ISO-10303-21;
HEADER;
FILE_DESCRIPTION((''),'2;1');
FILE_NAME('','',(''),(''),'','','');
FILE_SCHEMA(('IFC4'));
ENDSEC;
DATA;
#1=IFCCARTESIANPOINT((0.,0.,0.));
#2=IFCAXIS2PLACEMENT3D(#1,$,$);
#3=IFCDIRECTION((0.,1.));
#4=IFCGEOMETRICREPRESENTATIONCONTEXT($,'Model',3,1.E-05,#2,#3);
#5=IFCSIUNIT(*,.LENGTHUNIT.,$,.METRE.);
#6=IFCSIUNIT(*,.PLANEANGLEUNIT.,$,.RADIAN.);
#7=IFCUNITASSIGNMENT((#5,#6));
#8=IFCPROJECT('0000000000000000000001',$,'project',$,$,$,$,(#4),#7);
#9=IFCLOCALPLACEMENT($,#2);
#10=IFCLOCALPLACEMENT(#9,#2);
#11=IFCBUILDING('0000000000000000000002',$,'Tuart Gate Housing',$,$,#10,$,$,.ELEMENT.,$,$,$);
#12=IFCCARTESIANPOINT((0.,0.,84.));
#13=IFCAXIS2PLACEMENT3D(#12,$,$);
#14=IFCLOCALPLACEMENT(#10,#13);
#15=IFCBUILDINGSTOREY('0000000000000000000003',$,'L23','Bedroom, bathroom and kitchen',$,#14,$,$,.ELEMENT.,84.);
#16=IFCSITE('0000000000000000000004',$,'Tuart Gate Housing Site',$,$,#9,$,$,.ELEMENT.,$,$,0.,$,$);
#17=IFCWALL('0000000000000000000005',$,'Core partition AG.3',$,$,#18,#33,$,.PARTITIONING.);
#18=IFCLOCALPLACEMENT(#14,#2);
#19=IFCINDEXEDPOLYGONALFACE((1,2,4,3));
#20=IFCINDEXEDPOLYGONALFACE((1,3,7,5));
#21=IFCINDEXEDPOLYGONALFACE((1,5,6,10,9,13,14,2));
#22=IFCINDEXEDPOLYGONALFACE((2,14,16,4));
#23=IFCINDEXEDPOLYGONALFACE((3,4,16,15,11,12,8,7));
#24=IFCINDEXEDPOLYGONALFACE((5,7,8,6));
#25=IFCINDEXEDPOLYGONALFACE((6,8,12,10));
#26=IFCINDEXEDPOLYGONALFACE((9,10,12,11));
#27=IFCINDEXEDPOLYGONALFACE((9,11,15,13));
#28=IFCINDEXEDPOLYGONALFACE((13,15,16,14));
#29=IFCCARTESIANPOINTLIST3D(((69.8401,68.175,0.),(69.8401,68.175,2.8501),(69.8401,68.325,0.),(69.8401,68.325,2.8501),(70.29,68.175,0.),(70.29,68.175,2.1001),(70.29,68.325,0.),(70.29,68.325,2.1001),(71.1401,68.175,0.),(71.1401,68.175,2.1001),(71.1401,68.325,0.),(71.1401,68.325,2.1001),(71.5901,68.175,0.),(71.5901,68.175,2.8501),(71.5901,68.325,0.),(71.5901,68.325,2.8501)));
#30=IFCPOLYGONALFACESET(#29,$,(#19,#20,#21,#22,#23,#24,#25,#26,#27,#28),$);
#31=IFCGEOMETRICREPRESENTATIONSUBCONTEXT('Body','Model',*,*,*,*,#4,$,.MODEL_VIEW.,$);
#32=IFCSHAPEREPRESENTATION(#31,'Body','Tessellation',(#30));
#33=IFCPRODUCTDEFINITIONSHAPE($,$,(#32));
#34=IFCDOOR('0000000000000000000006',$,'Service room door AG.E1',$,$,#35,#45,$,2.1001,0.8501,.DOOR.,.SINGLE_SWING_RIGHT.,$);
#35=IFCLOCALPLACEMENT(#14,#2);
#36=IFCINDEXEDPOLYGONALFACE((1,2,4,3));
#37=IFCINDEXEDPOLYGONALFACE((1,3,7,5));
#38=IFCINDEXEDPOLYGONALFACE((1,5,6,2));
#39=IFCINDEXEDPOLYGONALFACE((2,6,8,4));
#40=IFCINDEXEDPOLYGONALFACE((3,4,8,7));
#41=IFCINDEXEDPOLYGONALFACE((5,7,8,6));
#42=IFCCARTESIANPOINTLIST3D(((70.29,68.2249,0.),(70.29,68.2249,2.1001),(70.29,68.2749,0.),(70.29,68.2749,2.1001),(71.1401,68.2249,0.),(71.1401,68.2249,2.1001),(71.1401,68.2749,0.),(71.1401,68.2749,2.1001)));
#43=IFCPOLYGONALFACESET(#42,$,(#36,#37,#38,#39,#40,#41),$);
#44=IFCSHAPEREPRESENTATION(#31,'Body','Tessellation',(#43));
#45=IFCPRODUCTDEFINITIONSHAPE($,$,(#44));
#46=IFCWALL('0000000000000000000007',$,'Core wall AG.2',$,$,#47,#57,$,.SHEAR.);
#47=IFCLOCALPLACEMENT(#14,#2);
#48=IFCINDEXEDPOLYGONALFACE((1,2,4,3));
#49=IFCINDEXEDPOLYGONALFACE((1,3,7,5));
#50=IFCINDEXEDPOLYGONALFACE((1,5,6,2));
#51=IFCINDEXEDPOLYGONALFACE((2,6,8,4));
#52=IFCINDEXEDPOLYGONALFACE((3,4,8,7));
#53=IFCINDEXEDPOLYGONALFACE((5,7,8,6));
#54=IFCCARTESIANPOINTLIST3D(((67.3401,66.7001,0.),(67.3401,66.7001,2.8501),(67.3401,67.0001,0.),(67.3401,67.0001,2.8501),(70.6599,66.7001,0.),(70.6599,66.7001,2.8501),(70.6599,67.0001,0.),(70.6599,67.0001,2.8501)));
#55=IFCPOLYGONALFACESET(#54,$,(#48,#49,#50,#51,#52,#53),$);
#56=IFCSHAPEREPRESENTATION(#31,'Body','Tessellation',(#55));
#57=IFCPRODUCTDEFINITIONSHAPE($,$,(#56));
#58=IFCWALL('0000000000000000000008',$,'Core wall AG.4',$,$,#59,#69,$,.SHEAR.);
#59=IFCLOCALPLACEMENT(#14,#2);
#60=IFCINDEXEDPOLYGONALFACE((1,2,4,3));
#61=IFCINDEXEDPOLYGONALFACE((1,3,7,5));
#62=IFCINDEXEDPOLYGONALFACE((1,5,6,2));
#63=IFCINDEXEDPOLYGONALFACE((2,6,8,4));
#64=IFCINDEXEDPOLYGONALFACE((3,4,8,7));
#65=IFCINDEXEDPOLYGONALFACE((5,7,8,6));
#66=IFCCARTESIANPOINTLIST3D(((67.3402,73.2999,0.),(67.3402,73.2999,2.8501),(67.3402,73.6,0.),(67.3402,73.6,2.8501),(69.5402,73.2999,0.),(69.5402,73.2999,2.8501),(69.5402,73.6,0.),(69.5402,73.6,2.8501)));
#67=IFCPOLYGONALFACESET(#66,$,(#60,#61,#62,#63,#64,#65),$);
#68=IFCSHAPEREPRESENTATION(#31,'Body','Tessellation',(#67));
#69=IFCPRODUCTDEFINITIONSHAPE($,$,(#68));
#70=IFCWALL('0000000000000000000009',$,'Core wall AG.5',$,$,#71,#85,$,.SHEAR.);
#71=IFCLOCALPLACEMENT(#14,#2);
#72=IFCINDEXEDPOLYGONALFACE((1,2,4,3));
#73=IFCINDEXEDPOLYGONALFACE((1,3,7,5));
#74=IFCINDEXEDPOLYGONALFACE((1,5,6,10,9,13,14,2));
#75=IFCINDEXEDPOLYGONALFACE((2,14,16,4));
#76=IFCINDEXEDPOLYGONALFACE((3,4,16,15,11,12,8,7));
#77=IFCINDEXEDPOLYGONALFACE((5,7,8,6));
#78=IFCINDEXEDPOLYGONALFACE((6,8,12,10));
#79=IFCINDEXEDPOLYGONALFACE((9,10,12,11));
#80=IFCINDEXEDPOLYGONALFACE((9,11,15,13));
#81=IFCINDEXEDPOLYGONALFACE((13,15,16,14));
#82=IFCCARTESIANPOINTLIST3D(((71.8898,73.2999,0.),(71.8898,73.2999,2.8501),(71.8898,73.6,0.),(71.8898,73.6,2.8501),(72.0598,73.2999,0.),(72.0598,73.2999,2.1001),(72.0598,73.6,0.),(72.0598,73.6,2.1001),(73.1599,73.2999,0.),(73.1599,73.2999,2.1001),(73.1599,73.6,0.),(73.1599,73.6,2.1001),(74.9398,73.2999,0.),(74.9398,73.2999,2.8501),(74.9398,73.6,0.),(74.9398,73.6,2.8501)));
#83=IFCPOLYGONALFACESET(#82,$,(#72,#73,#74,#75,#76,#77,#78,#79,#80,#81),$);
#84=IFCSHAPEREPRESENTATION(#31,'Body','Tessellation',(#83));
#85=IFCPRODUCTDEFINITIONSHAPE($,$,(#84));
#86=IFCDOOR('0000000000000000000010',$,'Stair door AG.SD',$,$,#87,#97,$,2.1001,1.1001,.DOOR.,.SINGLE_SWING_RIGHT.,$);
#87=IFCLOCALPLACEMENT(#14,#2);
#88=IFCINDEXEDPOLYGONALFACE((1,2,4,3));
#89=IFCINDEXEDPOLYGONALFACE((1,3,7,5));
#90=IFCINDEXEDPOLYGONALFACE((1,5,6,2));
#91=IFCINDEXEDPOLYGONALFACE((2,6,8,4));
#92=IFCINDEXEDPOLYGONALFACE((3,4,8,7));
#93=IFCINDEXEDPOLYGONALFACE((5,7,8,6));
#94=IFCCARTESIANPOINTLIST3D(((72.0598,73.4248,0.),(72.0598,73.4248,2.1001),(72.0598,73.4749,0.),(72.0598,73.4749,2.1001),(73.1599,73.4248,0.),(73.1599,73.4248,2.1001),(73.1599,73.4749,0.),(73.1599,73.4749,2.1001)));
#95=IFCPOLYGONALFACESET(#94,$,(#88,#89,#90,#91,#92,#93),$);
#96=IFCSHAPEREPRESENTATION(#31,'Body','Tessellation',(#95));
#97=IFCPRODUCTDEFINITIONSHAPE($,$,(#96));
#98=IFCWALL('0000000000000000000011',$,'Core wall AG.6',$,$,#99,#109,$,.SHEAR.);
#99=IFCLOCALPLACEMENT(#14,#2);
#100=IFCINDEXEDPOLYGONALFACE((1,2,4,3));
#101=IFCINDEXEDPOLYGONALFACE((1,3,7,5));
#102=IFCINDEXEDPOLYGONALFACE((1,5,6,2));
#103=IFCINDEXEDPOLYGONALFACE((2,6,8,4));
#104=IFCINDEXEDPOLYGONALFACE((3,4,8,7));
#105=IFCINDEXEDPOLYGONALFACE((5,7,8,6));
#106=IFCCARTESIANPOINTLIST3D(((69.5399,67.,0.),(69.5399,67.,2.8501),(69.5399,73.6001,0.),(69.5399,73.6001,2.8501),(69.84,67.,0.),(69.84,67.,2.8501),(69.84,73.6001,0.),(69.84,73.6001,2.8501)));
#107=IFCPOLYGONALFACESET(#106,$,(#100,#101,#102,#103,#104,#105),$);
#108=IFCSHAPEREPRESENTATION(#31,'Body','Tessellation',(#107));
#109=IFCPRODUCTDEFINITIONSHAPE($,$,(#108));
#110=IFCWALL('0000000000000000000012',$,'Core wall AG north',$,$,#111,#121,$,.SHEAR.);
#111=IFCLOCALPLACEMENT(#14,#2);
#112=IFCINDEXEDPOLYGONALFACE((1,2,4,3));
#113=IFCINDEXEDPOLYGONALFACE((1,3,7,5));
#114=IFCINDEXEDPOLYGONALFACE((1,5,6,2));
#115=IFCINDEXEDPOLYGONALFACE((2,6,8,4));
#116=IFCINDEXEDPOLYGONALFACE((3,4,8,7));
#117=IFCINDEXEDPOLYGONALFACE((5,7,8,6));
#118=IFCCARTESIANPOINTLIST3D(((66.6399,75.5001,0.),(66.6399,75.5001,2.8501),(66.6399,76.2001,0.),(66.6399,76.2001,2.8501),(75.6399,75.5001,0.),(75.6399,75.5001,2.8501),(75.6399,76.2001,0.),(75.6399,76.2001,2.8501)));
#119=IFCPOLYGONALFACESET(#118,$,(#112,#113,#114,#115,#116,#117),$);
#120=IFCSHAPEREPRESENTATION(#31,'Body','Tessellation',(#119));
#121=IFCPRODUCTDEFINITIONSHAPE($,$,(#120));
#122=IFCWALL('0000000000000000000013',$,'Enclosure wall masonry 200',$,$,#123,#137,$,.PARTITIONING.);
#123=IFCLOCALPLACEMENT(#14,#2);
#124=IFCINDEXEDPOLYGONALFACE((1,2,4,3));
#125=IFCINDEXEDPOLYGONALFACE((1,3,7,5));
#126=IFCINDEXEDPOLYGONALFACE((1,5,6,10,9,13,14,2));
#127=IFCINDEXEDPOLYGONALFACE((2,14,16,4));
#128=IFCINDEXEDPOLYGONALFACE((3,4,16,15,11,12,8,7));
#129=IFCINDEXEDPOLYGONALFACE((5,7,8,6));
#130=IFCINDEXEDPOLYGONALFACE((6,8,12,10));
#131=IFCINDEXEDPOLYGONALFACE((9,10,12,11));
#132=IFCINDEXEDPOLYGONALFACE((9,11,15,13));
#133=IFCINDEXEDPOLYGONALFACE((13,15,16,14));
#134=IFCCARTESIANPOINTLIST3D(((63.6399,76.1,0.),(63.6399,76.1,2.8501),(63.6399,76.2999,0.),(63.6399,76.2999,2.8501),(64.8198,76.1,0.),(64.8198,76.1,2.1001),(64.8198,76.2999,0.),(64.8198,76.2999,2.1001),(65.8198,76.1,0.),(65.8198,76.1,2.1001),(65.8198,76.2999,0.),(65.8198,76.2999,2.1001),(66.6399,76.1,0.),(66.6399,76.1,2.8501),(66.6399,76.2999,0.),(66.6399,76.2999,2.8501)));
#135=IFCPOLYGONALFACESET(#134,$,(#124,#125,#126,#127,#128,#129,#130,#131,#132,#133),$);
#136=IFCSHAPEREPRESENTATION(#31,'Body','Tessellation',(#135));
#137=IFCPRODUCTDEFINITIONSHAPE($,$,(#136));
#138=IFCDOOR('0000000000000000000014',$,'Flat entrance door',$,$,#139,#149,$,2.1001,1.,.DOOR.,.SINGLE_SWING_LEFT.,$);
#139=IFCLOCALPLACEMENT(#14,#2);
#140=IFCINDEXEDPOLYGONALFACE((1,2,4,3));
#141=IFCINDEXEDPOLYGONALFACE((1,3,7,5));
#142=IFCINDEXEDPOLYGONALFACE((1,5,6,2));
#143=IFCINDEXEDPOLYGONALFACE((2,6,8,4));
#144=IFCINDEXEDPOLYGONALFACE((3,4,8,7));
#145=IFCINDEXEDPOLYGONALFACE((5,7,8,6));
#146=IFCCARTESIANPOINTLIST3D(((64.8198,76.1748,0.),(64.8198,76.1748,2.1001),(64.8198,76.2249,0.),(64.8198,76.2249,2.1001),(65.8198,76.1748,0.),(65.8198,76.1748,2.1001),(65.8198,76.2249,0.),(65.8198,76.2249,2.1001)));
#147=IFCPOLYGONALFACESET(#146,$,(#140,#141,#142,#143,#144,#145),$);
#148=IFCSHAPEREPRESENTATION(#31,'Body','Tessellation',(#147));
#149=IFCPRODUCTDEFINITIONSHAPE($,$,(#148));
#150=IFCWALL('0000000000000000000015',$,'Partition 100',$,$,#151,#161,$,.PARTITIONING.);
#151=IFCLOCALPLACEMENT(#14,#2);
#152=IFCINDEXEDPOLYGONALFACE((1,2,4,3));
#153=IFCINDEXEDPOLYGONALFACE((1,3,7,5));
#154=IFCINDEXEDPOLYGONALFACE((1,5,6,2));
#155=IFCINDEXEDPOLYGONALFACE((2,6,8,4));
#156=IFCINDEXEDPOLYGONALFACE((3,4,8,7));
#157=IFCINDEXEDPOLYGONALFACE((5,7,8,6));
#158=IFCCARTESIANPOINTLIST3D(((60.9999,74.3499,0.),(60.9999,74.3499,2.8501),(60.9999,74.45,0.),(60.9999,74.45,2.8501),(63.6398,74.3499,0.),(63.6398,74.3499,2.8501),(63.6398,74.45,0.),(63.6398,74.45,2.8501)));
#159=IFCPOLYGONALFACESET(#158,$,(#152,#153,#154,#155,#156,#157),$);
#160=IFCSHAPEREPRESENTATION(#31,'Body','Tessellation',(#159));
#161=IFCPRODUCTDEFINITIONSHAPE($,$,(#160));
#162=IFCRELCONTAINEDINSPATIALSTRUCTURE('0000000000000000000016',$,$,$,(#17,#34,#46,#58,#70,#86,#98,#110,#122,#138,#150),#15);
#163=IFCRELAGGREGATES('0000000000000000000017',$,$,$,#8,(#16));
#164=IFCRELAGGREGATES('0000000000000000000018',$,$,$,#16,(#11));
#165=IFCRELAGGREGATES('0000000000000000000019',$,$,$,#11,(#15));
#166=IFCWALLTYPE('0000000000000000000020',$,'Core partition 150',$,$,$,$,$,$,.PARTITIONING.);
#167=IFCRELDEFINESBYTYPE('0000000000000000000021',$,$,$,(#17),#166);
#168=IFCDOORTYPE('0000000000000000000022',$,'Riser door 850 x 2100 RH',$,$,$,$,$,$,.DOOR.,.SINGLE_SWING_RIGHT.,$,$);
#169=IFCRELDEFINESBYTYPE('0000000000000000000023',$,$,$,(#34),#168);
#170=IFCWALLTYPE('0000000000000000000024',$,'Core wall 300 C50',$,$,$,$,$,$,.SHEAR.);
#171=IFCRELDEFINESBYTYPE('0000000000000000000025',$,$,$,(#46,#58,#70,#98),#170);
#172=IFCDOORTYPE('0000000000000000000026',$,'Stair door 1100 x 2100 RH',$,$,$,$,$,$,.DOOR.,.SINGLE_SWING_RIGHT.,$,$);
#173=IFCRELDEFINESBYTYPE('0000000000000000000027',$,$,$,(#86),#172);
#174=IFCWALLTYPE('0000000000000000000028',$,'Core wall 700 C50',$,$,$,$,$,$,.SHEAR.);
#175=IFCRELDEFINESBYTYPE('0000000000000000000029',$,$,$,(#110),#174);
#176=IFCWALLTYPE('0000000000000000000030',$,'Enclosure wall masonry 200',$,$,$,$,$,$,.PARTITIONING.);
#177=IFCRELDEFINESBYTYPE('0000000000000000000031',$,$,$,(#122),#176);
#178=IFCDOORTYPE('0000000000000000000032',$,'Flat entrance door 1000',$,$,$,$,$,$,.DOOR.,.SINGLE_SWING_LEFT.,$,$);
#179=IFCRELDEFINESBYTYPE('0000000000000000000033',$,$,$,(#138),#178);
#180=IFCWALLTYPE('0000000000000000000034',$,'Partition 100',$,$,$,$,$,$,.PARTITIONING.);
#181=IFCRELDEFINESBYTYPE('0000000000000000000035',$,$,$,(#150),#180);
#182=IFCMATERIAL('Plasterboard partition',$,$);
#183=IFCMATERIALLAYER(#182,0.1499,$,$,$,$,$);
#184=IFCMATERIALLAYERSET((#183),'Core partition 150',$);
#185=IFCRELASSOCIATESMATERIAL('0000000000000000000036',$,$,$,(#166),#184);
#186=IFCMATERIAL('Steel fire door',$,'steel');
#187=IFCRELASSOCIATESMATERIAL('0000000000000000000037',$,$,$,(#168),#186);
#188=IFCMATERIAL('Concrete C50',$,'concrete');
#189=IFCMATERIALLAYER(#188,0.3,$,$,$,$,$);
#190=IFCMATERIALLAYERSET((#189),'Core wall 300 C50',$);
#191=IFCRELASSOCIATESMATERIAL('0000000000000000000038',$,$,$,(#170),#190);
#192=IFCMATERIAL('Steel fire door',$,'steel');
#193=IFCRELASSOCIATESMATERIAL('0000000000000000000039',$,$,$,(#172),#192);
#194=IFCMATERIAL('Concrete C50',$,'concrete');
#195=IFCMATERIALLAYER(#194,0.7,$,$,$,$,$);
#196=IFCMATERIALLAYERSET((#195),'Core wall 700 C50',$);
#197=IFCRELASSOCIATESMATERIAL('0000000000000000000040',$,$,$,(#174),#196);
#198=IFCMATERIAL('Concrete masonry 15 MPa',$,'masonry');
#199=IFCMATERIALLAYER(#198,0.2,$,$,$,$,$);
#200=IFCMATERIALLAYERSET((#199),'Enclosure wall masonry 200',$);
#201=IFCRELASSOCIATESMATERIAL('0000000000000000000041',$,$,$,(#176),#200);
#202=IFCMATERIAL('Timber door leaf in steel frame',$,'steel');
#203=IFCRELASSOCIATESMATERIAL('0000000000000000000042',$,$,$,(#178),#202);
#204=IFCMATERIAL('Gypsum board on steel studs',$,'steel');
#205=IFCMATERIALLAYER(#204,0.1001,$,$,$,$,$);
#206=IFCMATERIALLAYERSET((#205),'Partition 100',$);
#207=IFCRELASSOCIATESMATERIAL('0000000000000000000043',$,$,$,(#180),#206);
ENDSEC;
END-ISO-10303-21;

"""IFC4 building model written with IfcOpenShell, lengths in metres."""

from ifc_helpers import new_model, si_unit, direction, frame, frame_2d, origin, place, context, subcontext, project, spatial, rectangle, extrude, material, layer, layer_set, type_object, element, fill, save


model = new_model("IFC4")

# Units and contexts
model_context = context("Model", 3, precision=1e-05, world=origin(), true_north=direction((0.0, 1.0)))
body_context = subcontext(model_context, "Body", "Model", "MODEL_VIEW")
ifc_project = project(units=[si_unit("LENGTHUNIT", "METRE"), si_unit("PLANEANGLEUNIT", "RADIAN")], contexts=[model_context])

# Site, building, storey
site_placement = place(None, origin())
site = spatial("IfcSite", under=ifc_project, at=site_placement, Name="Tuart Gate Housing Site", CompositionType="ELEMENT", RefElevation=0.0)
building_placement = place(site_placement, origin())
building = spatial("IfcBuilding", under=site, at=building_placement, Name="Tuart Gate Housing", CompositionType="ELEMENT")
storey_placement = place(building_placement, frame((0.0, 0.0, 84.0)))
storey = spatial("IfcBuildingStorey", under=building, at=storey_placement, Name="L23", Description="Bedroom, bathroom and kitchen", CompositionType="ELEMENT", Elevation=84.0)

# Wall, opening, door
ifc_material_1 = material(Name="Plasterboard partition")
ifc_layer_1 = layer(ifc_material_1, 0.1499)
ifc_layer_set_1 = layer_set([ifc_layer_1], Name="Core partition 150")
wall_type_1 = type_object("IfcWallType", Name="Core partition 150", PredefinedType="PARTITIONING", material=ifc_layer_set_1)
wall_1_placement = place(storey_placement, frame((69.8401, 68.25, 0.0), z_axis=(0.0, 0.0, 1.0), x_axis=(1.0, 0.0, 0.0)))
wall_1 = element("IfcWall", 1, at=wall_1_placement, inside=storey, type_object=wall_type_1, Name="Core partition AG.3", PredefinedType="PARTITIONING", context=body_context, shape_type="SweptSolid", body=[
    extrude(rectangle(XDim=1.75, YDim=0.1499, at=frame_2d((0.875, 0.0))), origin(), (0.0, 0.0, 1.0), 2.8501),
])
opening_1_placement = place(wall_1_placement, frame((0.45, 0.0, 0.0)))
opening_1 = element("IfcOpeningElement", 2, at=opening_1_placement, cuts=wall_1, PredefinedType="OPENING", context=body_context, shape_type="SweptSolid", body=[
    extrude(rectangle(XDim=0.8501, YDim=2.1001, at=frame_2d((0.425, 1.05))), frame((0.0, 0.085, 0.0), z_axis=(0.0, -1.0, 0.0), x_axis=(1.0, 0.0, 0.0)), (0.0, 0.0, 1.0), 0.1699),
])
ifc_material_2 = material(Name="Steel fire door", Category="steel")
door_type_1 = type_object("IfcDoorType", Name="Riser door 850 x 2100 RH", OperationType="SINGLE_SWING_RIGHT", PredefinedType="DOOR", material=ifc_material_2)
door_1_placement = place(opening_1_placement, frame((0.8501, 0.0, 0.0), z_axis=(0.0, 0.0, 1.0), x_axis=(-1.0, 0.0, 0.0)))
door_1 = element("IfcDoor", 3, at=door_1_placement, inside=storey, type_object=door_type_1, Name="Service room door AG.E1", OperationType="SINGLE_SWING_RIGHT", OverallHeight=2.1001, OverallWidth=0.8501, PredefinedType="DOOR", context=body_context, shape_type="SweptSolid", body=[
    extrude(rectangle(XDim=0.8501, YDim=2.1001, at=frame_2d((0.425, 1.05))), frame((0.0, 0.0251, 0.0), z_axis=(0.0, -1.0, 0.0), x_axis=(1.0, 0.0, 0.0)), (0.0, 0.0, 1.0), 0.05),
])
fill(opening_1, door_1)

# Walls
ifc_material_3 = material(Name="Concrete C50", Category="concrete")
ifc_layer_2 = layer(ifc_material_3, 0.3)
ifc_layer_set_2 = layer_set([ifc_layer_2], Name="Core wall 300 C50")
wall_type_2 = type_object("IfcWallType", Name="Core wall 300 C50", PredefinedType="SHEAR", material=ifc_layer_set_2)
wall_2_placement = place(storey_placement, frame((67.3401, 66.8501, 0.0), z_axis=(0.0, 0.0, 1.0), x_axis=(1.0, 0.0, 0.0)))
element("IfcWall", 4, at=wall_2_placement, inside=storey, type_object=wall_type_2, Name="Core wall AG.2", PredefinedType="SHEAR", context=body_context, shape_type="SweptSolid", body=[
    extrude(rectangle(XDim=3.3198, YDim=0.3, at=frame_2d((1.6599, 0.0))), origin(), (0.0, 0.0, 1.0), 2.8501),
])
wall_3_placement = place(storey_placement, frame((67.3401, 73.45, 0.0), z_axis=(0.0, 0.0, 1.0), x_axis=(1.0, 0.0, 0.0)))
element("IfcWall", 5, at=wall_3_placement, inside=storey, type_object=wall_type_2, Name="Core wall AG.4", PredefinedType="SHEAR", context=body_context, shape_type="SweptSolid", body=[
    extrude(rectangle(XDim=2.2, YDim=0.3, at=frame_2d((1.1001, 0.0))), origin(), (0.0, 0.0, 1.0), 2.8501),
])

# Wall, opening, door
wall_4_placement = place(storey_placement, frame((71.8899, 73.45, 0.0), z_axis=(0.0, 0.0, 1.0), x_axis=(1.0, 0.0, 0.0)))
wall_4 = element("IfcWall", 6, at=wall_4_placement, inside=storey, type_object=wall_type_2, Name="Core wall AG.5", PredefinedType="SHEAR", context=body_context, shape_type="SweptSolid", body=[
    extrude(rectangle(XDim=3.05, YDim=0.3, at=frame_2d((1.5249, 0.0))), origin(), (0.0, 0.0, 1.0), 2.8501),
])
opening_2_placement = place(wall_4_placement, frame((0.1699, 0.0, 0.0)))
opening_2 = element("IfcOpeningElement", 7, at=opening_2_placement, cuts=wall_4, PredefinedType="OPENING", context=body_context, shape_type="SweptSolid", body=[
    extrude(rectangle(XDim=1.1001, YDim=2.1001, at=frame_2d((0.55, 1.05))), frame((0.0, 0.1599, 0.0), z_axis=(0.0, -1.0, 0.0), x_axis=(1.0, 0.0, 0.0)), (0.0, 0.0, 1.0), 0.3201),
])
ifc_material_4 = material(Name="Steel fire door", Category="steel")
door_type_2 = type_object("IfcDoorType", Name="Stair door 1100 x 2100 RH", OperationType="SINGLE_SWING_RIGHT", PredefinedType="DOOR", material=ifc_material_4)
door_2_placement = place(opening_2_placement, frame((1.1001, 0.0, 0.0), z_axis=(0.0, 0.0, 1.0), x_axis=(-1.0, 0.0, 0.0)))
door_2 = element("IfcDoor", 8, at=door_2_placement, inside=storey, type_object=door_type_2, Name="Stair door AG.SD", OperationType="SINGLE_SWING_RIGHT", OverallHeight=2.1001, OverallWidth=1.1001, PredefinedType="DOOR", context=body_context, shape_type="SweptSolid", body=[
    extrude(rectangle(XDim=1.1001, YDim=2.1001, at=frame_2d((0.55, 1.05))), frame((0.0, 0.0251, 0.0), z_axis=(0.0, -1.0, 0.0), x_axis=(1.0, 0.0, 0.0)), (0.0, 0.0, 1.0), 0.05),
])
fill(opening_2, door_2)

# Walls
wall_5_placement = place(storey_placement, frame((69.6899, 67.0, 0.0), z_axis=(0.0, 0.0, 1.0), x_axis=(0.0, 1.0, 0.0)))
element("IfcWall", 9, at=wall_5_placement, inside=storey, type_object=wall_type_2, Name="Core wall AG.6", PredefinedType="SHEAR", context=body_context, shape_type="SweptSolid", body=[
    extrude(rectangle(XDim=6.6001, YDim=0.3, at=frame_2d((3.3, 0.0))), origin(), (0.0, 0.0, 1.0), 2.8501),
])
ifc_material_5 = material(Name="Concrete C50", Category="concrete")
ifc_layer_3 = layer(ifc_material_5, 0.7)
ifc_layer_set_3 = layer_set([ifc_layer_3], Name="Core wall 700 C50")
wall_type_3 = type_object("IfcWallType", Name="Core wall 700 C50", PredefinedType="SHEAR", material=ifc_layer_set_3)
wall_6_placement = place(storey_placement, frame((66.6399, 75.8501, 0.0), z_axis=(0.0, 0.0, 1.0), x_axis=(1.0, 0.0, 0.0)))
element("IfcWall", 10, at=wall_6_placement, inside=storey, type_object=wall_type_3, Name="Core wall AG north", PredefinedType="SHEAR", context=body_context, shape_type="SweptSolid", body=[
    extrude(rectangle(XDim=9.0, YDim=0.7, at=frame_2d((4.5, 0.0))), origin(), (0.0, 0.0, 1.0), 2.8501),
])

# Wall, opening, door
ifc_material_6 = material(Name="Concrete masonry 15 MPa", Category="masonry")
ifc_layer_4 = layer(ifc_material_6, 0.2)
ifc_layer_set_4 = layer_set([ifc_layer_4], Name="Enclosure wall masonry 200")
wall_type_4 = type_object("IfcWallType", Name="Enclosure wall masonry 200", PredefinedType="PARTITIONING", material=ifc_layer_set_4)
wall_7_placement = place(storey_placement, frame((63.6399, 76.2, 0.0), z_axis=(0.0, 0.0, 1.0), x_axis=(1.0, 0.0, 0.0)))
wall_7 = element("IfcWall", 11, at=wall_7_placement, inside=storey, type_object=wall_type_4, Name="Enclosure wall masonry 200", PredefinedType="PARTITIONING", context=body_context, shape_type="SweptSolid", body=[
    extrude(rectangle(XDim=3.0, YDim=0.2, at=frame_2d((1.5, 0.0))), origin(), (0.0, 0.0, 1.0), 2.8501),
])
opening_3_placement = place(wall_7_placement, frame((1.1799, 0.0, 0.0)))
opening_3 = element("IfcOpeningElement", 12, at=opening_3_placement, cuts=wall_7, PredefinedType="OPENING", context=body_context, shape_type="SweptSolid", body=[
    extrude(rectangle(XDim=1.0, YDim=2.1001, at=frame_2d((0.5, 1.05))), frame((0.0, 0.1099, 0.0), z_axis=(0.0, -1.0, 0.0), x_axis=(1.0, 0.0, 0.0)), (0.0, 0.0, 1.0), 0.22),
])
ifc_material_7 = material(Name="Timber door leaf in steel frame", Category="steel")
door_type_3 = type_object("IfcDoorType", Name="Flat entrance door 1000", OperationType="SINGLE_SWING_LEFT", PredefinedType="DOOR", material=ifc_material_7)
door_3_placement = place(opening_3_placement, origin())
door_3 = element("IfcDoor", 13, at=door_3_placement, inside=storey, type_object=door_type_3, Name="Flat entrance door", OperationType="SINGLE_SWING_LEFT", OverallHeight=2.1001, OverallWidth=1.0, PredefinedType="DOOR", context=body_context, shape_type="SweptSolid", body=[
    extrude(rectangle(XDim=1.0, YDim=2.1001, at=frame_2d((0.5, 1.05))), frame((0.0, 0.0249, 0.0), z_axis=(0.0, -1.0, 0.0), x_axis=(1.0, 0.0, 0.0)), (0.0, 0.0, 1.0), 0.05),
])
fill(opening_3, door_3)

# Wall
ifc_material_8 = material(Name="Gypsum board on steel studs", Category="steel")
ifc_layer_5 = layer(ifc_material_8, 0.1001)
ifc_layer_set_5 = layer_set([ifc_layer_5], Name="Partition 100")
wall_type_5 = type_object("IfcWallType", Name="Partition 100", PredefinedType="PARTITIONING", material=ifc_layer_set_5)
wall_8_placement = place(storey_placement, frame((61.0, 74.3999, 0.0), z_axis=(0.0, 0.0, 1.0), x_axis=(1.0, 0.0, 0.0)))
element("IfcWall", 14, at=wall_8_placement, inside=storey, type_object=wall_type_5, Name="Partition 100", PredefinedType="PARTITIONING", context=body_context, shape_type="SweptSolid", body=[
    extrude(rectangle(XDim=2.6399, YDim=0.1001, at=frame_2d((1.3198, 0.0))), origin(), (0.0, 0.0, 1.0), 2.8501),
])

save(model, "model.ifc")
